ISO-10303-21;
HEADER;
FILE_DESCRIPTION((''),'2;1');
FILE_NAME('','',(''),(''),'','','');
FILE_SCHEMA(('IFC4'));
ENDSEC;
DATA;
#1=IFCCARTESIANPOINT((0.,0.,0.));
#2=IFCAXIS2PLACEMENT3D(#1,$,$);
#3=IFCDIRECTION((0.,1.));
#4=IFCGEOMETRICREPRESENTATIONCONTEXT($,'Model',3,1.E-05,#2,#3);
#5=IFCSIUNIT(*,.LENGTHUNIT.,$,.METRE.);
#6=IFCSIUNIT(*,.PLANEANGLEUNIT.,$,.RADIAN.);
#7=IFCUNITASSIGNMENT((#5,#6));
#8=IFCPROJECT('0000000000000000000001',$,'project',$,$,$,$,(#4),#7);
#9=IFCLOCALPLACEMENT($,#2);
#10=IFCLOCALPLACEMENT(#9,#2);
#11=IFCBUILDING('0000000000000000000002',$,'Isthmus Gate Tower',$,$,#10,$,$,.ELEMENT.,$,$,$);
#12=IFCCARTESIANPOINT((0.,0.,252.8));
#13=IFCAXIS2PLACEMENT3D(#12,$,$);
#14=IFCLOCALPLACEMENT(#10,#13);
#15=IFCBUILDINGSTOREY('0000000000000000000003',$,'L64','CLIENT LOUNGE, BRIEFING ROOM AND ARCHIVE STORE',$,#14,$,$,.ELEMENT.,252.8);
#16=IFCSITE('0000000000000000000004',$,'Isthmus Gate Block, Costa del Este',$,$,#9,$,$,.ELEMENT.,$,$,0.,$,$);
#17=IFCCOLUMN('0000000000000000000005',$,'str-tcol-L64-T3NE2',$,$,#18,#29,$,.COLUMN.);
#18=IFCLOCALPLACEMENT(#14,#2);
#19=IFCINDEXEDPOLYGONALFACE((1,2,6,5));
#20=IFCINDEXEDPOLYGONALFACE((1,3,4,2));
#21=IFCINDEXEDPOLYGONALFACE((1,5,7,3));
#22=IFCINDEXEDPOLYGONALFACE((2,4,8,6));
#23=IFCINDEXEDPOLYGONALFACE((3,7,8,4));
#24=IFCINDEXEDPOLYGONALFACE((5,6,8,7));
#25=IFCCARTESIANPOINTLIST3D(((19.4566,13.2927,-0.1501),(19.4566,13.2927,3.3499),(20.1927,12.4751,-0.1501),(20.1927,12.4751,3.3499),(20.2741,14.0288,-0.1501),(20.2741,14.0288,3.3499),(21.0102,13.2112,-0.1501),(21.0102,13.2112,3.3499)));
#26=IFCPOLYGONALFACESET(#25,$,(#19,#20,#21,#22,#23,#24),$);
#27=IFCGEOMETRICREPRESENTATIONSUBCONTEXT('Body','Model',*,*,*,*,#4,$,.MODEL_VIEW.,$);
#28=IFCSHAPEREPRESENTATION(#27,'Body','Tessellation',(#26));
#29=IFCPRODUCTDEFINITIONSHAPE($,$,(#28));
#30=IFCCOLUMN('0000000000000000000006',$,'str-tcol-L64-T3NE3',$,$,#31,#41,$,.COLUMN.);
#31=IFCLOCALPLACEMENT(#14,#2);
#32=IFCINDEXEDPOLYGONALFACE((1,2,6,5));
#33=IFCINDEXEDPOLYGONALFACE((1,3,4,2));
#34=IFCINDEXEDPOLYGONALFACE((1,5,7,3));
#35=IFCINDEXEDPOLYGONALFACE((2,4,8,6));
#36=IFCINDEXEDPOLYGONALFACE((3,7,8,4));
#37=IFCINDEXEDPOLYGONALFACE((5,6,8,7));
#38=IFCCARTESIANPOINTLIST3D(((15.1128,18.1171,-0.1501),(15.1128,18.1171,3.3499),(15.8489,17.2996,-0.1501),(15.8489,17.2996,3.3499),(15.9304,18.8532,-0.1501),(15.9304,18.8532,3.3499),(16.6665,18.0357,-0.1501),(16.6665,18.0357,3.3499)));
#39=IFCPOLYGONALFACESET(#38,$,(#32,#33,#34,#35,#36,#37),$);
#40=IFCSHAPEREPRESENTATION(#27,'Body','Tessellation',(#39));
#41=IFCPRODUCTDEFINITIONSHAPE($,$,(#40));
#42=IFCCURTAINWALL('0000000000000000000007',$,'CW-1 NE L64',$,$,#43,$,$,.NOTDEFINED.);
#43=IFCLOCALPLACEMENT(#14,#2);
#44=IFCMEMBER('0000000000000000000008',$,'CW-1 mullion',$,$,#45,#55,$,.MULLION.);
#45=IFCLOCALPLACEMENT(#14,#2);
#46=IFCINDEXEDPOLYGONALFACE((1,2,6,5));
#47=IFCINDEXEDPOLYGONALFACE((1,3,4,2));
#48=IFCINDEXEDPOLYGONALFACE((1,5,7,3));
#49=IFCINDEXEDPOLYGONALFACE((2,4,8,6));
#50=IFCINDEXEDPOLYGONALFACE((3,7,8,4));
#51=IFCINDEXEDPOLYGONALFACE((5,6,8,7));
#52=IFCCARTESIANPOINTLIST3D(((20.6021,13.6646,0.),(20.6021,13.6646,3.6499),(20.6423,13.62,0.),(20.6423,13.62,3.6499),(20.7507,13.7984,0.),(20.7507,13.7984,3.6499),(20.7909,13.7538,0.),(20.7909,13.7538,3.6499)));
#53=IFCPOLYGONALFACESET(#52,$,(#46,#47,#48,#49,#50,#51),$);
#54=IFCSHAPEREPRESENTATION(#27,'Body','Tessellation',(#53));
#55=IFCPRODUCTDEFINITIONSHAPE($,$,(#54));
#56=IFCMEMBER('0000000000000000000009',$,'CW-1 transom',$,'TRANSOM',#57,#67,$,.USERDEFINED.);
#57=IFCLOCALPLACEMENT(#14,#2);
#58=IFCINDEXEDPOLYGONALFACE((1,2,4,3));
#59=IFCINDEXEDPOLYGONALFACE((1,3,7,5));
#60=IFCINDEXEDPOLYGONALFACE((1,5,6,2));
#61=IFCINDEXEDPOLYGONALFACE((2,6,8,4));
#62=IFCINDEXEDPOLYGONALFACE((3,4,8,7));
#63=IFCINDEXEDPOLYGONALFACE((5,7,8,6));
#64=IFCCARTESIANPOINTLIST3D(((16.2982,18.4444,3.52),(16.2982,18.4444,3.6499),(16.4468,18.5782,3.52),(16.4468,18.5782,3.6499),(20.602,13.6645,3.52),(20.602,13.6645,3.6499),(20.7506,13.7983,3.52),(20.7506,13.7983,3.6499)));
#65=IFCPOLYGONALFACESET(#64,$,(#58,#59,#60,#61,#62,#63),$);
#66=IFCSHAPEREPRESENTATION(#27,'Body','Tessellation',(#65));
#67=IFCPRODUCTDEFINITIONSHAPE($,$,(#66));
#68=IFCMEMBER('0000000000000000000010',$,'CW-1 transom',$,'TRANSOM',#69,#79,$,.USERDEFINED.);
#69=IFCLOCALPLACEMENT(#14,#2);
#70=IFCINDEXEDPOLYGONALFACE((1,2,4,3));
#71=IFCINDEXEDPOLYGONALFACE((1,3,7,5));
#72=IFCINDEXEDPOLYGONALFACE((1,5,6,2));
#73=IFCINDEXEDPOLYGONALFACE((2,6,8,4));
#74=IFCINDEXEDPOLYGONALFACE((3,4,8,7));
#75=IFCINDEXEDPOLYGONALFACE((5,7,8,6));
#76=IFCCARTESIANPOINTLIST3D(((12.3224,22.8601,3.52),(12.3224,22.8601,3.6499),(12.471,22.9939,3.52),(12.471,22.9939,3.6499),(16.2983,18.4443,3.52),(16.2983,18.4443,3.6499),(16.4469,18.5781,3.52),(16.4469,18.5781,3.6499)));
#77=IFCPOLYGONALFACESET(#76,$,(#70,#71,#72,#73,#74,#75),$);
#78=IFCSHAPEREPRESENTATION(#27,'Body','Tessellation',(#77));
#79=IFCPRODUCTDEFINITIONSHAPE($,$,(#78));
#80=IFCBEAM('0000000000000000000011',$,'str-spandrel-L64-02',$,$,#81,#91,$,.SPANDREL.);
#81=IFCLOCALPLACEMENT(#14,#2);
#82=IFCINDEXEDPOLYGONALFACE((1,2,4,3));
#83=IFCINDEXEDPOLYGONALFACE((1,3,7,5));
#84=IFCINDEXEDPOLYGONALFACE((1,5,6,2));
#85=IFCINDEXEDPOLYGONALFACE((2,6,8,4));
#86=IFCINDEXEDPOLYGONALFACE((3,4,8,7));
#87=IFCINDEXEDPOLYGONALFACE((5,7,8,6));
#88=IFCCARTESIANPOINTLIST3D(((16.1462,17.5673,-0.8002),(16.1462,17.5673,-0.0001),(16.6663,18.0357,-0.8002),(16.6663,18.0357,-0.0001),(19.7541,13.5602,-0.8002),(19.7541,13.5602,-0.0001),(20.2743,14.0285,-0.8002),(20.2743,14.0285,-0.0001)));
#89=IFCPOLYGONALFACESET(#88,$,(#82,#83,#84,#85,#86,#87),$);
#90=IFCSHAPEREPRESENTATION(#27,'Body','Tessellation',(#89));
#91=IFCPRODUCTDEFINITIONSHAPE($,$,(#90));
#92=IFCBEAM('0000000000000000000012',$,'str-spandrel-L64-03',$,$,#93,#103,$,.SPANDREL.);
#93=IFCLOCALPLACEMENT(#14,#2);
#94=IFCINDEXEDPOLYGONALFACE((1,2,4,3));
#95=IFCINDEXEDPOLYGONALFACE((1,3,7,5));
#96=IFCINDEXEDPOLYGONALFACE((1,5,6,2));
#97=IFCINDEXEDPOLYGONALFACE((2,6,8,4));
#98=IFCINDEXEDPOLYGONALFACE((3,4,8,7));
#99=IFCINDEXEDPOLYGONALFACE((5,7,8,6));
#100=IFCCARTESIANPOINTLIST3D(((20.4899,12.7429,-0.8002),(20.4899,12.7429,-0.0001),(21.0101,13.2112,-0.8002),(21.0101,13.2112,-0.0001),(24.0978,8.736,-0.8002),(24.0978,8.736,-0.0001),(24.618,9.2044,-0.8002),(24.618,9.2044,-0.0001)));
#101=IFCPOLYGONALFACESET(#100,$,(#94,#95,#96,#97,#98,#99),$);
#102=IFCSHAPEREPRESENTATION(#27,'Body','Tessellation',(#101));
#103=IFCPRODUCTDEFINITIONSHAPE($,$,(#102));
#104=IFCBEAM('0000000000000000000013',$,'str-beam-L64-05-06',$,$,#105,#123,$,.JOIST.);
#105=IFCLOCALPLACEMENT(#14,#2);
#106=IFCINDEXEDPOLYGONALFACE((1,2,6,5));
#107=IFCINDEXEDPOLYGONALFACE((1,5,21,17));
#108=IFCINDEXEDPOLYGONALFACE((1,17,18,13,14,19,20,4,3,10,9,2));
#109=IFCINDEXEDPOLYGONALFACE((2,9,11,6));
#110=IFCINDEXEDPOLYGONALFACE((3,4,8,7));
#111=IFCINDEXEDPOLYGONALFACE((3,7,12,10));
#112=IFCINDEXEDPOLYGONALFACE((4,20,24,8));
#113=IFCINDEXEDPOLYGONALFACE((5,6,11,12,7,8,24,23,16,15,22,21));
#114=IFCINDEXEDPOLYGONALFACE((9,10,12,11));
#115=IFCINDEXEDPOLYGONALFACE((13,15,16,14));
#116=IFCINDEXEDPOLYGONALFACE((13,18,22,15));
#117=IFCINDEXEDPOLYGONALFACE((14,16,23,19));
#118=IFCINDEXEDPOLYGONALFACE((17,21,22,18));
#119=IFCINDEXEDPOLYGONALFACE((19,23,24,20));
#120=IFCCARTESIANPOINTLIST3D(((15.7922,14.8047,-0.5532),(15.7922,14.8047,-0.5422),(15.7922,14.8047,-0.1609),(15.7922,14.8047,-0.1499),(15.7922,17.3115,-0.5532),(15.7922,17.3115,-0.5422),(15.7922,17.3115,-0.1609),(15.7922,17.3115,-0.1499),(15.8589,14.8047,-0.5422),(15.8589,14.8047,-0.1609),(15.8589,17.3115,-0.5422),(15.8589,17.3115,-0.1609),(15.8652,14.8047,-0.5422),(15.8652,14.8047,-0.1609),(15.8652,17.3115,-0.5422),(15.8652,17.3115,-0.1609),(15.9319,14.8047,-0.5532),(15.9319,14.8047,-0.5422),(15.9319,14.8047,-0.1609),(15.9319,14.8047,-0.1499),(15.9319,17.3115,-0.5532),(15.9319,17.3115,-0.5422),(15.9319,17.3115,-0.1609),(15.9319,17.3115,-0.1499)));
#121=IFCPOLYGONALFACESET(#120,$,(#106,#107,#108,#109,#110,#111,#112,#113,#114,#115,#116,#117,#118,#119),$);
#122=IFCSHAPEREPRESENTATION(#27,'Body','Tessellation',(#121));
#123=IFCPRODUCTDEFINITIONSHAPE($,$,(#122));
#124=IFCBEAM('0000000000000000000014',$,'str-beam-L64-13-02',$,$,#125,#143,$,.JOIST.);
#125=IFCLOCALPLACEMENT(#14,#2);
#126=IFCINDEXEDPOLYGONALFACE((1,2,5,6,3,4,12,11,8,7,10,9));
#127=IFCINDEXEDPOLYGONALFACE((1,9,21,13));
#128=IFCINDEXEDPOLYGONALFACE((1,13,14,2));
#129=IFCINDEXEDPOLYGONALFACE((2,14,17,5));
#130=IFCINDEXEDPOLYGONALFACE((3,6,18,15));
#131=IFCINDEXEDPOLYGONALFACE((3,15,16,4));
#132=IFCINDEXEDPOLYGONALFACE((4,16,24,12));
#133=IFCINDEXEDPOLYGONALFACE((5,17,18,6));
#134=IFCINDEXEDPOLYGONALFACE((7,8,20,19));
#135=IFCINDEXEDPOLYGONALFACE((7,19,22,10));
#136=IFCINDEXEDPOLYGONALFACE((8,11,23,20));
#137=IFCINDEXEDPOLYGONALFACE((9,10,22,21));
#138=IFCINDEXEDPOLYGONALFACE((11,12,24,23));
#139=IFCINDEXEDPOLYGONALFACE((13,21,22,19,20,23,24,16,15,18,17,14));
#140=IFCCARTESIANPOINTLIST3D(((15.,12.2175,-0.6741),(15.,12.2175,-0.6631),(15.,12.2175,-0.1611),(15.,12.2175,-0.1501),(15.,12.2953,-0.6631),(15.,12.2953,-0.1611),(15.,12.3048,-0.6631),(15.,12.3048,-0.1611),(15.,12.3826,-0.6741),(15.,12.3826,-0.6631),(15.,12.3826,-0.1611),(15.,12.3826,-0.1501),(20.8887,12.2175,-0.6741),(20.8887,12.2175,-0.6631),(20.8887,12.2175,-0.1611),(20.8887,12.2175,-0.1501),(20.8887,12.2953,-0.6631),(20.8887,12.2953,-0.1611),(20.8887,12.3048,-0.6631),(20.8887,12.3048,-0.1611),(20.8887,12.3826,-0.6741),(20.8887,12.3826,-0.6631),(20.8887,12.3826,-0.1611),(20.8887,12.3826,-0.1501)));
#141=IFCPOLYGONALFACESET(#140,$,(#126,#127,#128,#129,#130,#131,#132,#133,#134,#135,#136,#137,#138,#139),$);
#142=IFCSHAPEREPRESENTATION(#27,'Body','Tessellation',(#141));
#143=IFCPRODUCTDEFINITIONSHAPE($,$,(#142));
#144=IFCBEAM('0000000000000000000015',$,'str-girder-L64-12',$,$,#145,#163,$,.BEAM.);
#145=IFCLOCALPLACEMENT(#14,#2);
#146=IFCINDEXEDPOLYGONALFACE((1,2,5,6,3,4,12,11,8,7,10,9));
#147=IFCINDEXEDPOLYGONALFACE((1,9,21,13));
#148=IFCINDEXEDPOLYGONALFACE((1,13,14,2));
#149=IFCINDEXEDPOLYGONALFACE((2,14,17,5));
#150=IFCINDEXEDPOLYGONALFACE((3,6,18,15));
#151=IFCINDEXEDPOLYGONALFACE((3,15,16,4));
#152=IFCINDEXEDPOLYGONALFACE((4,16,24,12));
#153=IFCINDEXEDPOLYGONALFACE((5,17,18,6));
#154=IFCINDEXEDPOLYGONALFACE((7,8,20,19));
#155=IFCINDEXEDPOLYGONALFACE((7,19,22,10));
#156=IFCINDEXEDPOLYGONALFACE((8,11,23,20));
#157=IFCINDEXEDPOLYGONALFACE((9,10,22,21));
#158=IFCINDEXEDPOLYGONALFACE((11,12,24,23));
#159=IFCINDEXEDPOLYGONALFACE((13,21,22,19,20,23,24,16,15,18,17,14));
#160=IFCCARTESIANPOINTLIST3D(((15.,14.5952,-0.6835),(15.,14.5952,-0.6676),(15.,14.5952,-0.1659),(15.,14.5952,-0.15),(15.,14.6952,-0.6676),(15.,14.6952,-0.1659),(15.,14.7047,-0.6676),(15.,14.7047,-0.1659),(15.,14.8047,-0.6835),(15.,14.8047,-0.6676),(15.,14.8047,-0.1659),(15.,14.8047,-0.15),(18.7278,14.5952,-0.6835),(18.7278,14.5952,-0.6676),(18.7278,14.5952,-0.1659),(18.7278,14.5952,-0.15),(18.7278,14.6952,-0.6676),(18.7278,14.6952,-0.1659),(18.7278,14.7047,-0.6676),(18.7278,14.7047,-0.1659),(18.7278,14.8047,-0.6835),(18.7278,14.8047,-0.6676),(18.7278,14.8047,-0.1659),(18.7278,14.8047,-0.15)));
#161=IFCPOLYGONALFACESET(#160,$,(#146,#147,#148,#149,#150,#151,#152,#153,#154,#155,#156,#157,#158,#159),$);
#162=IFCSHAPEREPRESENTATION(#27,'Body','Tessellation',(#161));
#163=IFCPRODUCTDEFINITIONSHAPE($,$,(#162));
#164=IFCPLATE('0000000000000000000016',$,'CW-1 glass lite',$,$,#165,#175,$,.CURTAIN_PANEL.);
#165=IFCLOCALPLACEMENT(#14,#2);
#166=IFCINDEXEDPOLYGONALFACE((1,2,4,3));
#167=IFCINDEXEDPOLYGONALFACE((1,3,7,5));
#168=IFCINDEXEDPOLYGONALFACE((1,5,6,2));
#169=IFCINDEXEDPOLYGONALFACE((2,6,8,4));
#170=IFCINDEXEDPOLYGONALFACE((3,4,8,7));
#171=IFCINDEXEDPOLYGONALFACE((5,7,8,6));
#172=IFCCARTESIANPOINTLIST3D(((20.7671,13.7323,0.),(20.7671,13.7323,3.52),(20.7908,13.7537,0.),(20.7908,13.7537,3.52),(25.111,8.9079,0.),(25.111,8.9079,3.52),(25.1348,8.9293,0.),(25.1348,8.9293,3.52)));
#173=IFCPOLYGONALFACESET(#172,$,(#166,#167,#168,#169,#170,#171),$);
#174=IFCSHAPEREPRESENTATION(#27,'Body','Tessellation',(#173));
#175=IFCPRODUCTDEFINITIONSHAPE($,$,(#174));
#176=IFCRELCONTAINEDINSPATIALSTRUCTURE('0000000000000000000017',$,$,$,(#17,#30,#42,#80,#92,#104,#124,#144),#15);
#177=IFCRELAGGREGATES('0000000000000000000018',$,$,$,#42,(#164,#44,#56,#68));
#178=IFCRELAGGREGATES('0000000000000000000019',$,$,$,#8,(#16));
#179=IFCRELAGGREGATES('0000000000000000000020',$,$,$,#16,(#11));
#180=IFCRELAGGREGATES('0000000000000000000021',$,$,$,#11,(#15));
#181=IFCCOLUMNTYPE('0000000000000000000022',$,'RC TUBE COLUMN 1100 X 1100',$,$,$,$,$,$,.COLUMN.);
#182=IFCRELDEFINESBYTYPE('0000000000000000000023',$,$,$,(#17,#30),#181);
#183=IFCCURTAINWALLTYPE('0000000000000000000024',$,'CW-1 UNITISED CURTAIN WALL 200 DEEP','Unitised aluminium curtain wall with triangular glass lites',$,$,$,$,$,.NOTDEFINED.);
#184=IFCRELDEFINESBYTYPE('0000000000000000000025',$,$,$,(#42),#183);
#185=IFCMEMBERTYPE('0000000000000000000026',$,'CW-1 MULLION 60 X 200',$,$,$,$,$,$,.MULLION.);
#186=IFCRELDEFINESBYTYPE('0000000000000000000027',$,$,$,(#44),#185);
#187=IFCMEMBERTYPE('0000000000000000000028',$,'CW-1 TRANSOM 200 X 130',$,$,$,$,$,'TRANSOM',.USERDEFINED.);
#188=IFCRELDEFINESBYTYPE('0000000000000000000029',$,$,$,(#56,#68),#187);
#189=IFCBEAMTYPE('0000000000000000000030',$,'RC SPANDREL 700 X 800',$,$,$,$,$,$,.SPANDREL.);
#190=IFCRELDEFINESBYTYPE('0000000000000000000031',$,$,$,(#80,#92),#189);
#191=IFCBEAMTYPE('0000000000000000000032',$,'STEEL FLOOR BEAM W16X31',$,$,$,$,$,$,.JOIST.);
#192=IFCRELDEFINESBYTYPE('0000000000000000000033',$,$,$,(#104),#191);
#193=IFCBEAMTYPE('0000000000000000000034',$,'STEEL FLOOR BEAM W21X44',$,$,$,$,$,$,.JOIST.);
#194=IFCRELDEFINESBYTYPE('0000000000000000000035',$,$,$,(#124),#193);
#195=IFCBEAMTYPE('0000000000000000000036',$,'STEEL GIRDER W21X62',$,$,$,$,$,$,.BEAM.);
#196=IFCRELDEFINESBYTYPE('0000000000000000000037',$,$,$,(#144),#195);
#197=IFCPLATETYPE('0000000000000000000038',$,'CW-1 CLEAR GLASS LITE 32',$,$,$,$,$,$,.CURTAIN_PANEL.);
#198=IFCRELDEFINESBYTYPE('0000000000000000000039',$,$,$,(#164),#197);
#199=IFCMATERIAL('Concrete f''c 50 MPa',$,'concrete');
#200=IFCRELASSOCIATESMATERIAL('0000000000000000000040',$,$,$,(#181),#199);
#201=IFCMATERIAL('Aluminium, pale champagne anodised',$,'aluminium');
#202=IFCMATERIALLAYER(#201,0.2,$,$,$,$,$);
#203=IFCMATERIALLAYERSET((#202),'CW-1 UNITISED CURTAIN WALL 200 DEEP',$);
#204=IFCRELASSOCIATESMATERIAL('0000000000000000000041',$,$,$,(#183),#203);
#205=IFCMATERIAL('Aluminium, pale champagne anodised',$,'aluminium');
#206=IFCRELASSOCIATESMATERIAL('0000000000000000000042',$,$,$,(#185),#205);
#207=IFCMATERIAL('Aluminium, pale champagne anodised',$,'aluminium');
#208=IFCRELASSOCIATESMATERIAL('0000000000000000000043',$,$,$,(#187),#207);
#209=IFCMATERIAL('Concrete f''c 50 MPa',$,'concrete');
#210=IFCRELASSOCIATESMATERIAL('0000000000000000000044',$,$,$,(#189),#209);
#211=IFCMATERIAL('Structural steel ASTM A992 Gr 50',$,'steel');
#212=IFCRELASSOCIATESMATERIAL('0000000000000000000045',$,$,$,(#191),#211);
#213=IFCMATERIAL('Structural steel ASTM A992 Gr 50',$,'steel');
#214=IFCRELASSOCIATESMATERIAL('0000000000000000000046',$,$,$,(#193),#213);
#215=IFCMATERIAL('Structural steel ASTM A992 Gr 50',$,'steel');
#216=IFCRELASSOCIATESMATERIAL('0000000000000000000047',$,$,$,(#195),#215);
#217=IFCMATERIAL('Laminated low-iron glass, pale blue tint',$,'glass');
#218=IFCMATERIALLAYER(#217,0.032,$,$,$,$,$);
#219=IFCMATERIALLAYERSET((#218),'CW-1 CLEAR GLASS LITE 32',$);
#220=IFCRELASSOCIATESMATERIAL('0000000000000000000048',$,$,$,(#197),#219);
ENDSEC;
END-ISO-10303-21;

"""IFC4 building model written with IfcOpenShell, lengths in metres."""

from ifc_helpers import new_model, si_unit, direction, frame, origin, origin_2d, place, context, subcontext, project, spatial, rectangle, i_section, extrude, material, layer, layer_set, material_profile, profile_set, type_object, element, aggregate, save


model = new_model("IFC4")

# Units and contexts
model_context = context("Model", 3, precision=1e-05, world=origin(), true_north=direction((0.0, 1.0)))
body_context = subcontext(model_context, "Body", "Model", "MODEL_VIEW")
ifc_project = project(units=[si_unit("LENGTHUNIT", "METRE"), si_unit("PLANEANGLEUNIT", "RADIAN")], contexts=[model_context])

# Site, building, storey
site_placement = place(None, origin())
site = spatial("IfcSite", under=ifc_project, at=site_placement, Name="Isthmus Gate Block, Costa del Este", CompositionType="ELEMENT", RefElevation=0.0)
building_placement = place(site_placement, origin())
building = spatial("IfcBuilding", under=site, at=building_placement, Name="Isthmus Gate Tower", CompositionType="ELEMENT")
storey_placement = place(building_placement, frame((0.0, 0.0, 252.8)))
storey = spatial("IfcBuildingStorey", under=building, at=storey_placement, Name="L64", Description="CLIENT LOUNGE, BRIEFING ROOM AND ARCHIVE STORE", CompositionType="ELEMENT", Elevation=252.8)

# Columns
ifc_material_1 = material(Name="Concrete f'c 50 MPa", Category="concrete")
ifc_material_profile_1 = material_profile(ifc_material_1, rectangle(XDim=1.1001, YDim=1.1001, at=origin_2d()), Name="RC 1100X1100")
ifc_profile_set_1 = profile_set([ifc_material_profile_1], Name="Concrete f'c 50 MPa")
column_type = type_object("IfcColumnType", Name="RC TUBE COLUMN 1100 X 1100", PredefinedType="COLUMN", material=ifc_profile_set_1)
for number, where, z_axis, x_axis, name in (
    (1, (20.2334, 13.252, -0.1501), (0.0, 0.0, 1.0), (-0.669131, 0.743145, 0.0), "str-tcol-L64-T3NE2"),
    (2, (15.8896, 18.0764, -0.1501), (0.0, 0.0, 1.0), (-0.669131, 0.743145, 0.0), "str-tcol-L64-T3NE3"),
):
    element("IfcColumn", number, at=place(storey_placement, frame(where, z_axis=z_axis, x_axis=x_axis)), inside=storey, type_object=column_type, Name=name, PredefinedType="COLUMN", context=body_context, shape_type="SweptSolid", body=[
        extrude(rectangle(XDim=1.1001, YDim=1.1001, at=origin_2d()), origin(), (0.0, 0.0, 1.0), 3.5),
    ])

# Curtain wall, members
ifc_material_2 = material(Name="Aluminium, pale champagne anodised", Category="aluminium")
ifc_layer_1 = layer(ifc_material_2, 0.2)
ifc_layer_set_1 = layer_set([ifc_layer_1], Name="CW-1 UNITISED CURTAIN WALL 200 DEEP")
curtain_wall_type = type_object("IfcCurtainWallType", Name="CW-1 UNITISED CURTAIN WALL 200 DEEP", Description="Unitised aluminium curtain wall with triangular glass lites", PredefinedType="NOTDEFINED", material=ifc_layer_set_1)
curtain_wall_placement = place(storey_placement, origin())
curtain_wall = element("IfcCurtainWall", 3, at=curtain_wall_placement, inside=storey, type_object=curtain_wall_type, Name="CW-1 NE L64", PredefinedType="NOTDEFINED")
ifc_material_3 = material(Name="Aluminium, pale champagne anodised", Category="aluminium")
ifc_material_profile_2 = material_profile(ifc_material_3, rectangle(XDim=0.0601, YDim=0.2, at=origin_2d()), Name="60x200")
ifc_profile_set_2 = profile_set([ifc_material_profile_2], Name="Aluminium, pale champagne anodised")
member_type_1 = type_object("IfcMemberType", Name="CW-1 MULLION 60 X 200", PredefinedType="MULLION", material=ifc_profile_set_2)
member_1_placement = place(storey_placement, frame((20.6965, 13.7092, 0.0), z_axis=(0.0, 0.0, 1.0), x_axis=(-0.669131, 0.743145, 0.0)))
member_1 = element("IfcMember", 4, at=member_1_placement, type_object=member_type_1, Name="CW-1 mullion", PredefinedType="MULLION", context=body_context, shape_type="SweptSolid", body=[
    extrude(rectangle(XDim=0.0601, YDim=0.2, at=origin_2d()), origin(), (0.0, 0.0, 1.0), 3.6499),
])
ifc_material_4 = material(Name="Aluminium, pale champagne anodised", Category="aluminium")
ifc_material_profile_3 = material_profile(ifc_material_4, rectangle(XDim=0.2, YDim=0.1299, at=origin_2d()), Name="200x130")
ifc_profile_set_3 = profile_set([ifc_material_profile_3], Name="Aluminium, pale champagne anodised")
member_type_2 = type_object("IfcMemberType", Name="CW-1 TRANSOM 200 X 130", ElementType="TRANSOM", PredefinedType="USERDEFINED", material=ifc_profile_set_3)
member_2_placement = place(storey_placement, frame((20.6763, 13.7314, 3.585), z_axis=(-0.669128, 0.743147, 0.0), x_axis=(-0.743147, -0.669128, 0.0)))
member_2 = element("IfcMember", 5, at=member_2_placement, type_object=member_type_2, Name="CW-1 transom", ObjectType="TRANSOM", PredefinedType="USERDEFINED", context=body_context, shape_type="SweptSolid", body=[
    extrude(rectangle(XDim=0.2, YDim=0.1299, at=origin_2d()), origin(), (0.0, 0.0, 1.0), 6.4319),
])
member_3_placement = place(storey_placement, frame((16.3726, 18.5112, 3.585), z_axis=(-0.669117, 0.743157, 0.0), x_axis=(-0.743157, -0.669117, 0.0)))
member_3 = element("IfcMember", 6, at=member_3_placement, type_object=member_type_2, Name="CW-1 transom", ObjectType="TRANSOM", PredefinedType="USERDEFINED", context=body_context, shape_type="SweptSolid", body=[
    extrude(rectangle(XDim=0.2, YDim=0.1299, at=origin_2d()), origin(), (0.0, 0.0, 1.0), 5.9419),
])

# Beams
ifc_material_5 = material(Name="Concrete f'c 50 MPa", Category="concrete")
ifc_material_profile_4 = material_profile(ifc_material_5, rectangle(XDim=0.7, YDim=0.8, at=origin_2d()), Name="RC 700X800")
ifc_profile_set_4 = profile_set([ifc_material_profile_4], Name="Concrete f'c 50 MPa")
beam_type_1 = type_object("IfcBeamType", Name="RC SPANDREL 700 X 800", PredefinedType="SPANDREL", material=ifc_profile_set_4)
beam_1_placement = place(storey_placement, frame((16.4062, 17.8015, -0.4001), z_axis=(0.669122, -0.743152, 0.0), x_axis=(0.743152, 0.669122, 0.0)))
element("IfcBeam", 7, at=beam_1_placement, inside=storey, type_object=beam_type_1, Name="str-spandrel-L64-02", PredefinedType="SPANDREL", context=body_context, shape_type="SweptSolid", body=[
    extrude(rectangle(XDim=0.7, YDim=0.8, at=origin_2d()), origin(), (0.0, 0.0, 1.0), 5.3921),
])
beam_2_placement = place(storey_placement, frame((20.75, 12.9771, -0.4001), z_axis=(0.669145, -0.743132, 0.0), x_axis=(0.743132, 0.669145, 0.0)))
element("IfcBeam", 8, at=beam_2_placement, inside=storey, type_object=beam_type_1, Name="str-spandrel-L64-03", PredefinedType="SPANDREL", context=body_context, shape_type="SweptSolid", body=[
    extrude(rectangle(XDim=0.7, YDim=0.8, at=origin_2d()), origin(), (0.0, 0.0, 1.0), 5.3918),
])
ifc_material_6 = material(Name="Structural steel ASTM A992 Gr 50", Category="steel")
ifc_material_profile_5 = material_profile(ifc_material_6, i_section(OverallWidth=0.1396, OverallDepth=0.4033, WebThickness=0.0063, FlangeThickness=0.011, at=origin_2d()), Name="W16X31")
ifc_profile_set_5 = profile_set([ifc_material_profile_5], Name="Structural steel ASTM A992 Gr 50")
beam_type_2 = type_object("IfcBeamType", Name="STEEL FLOOR BEAM W16X31", PredefinedType="JOIST", material=ifc_profile_set_5)
beam_3_placement = place(storey_placement, frame((15.8621, 14.8047, -0.3516), z_axis=(0.0, 1.0, 0.0), x_axis=(-1.0, 0.0, 0.0)))
element("IfcBeam", 9, at=beam_3_placement, inside=storey, type_object=beam_type_2, Name="str-beam-L64-05-06", PredefinedType="JOIST", context=body_context, shape_type="SweptSolid", body=[
    extrude(i_section(OverallWidth=0.1396, OverallDepth=0.4033, WebThickness=0.0063, FlangeThickness=0.011, at=origin_2d()), origin(), (0.0, 0.0, 1.0), 2.5068),
])
ifc_material_7 = material(Name="Structural steel ASTM A992 Gr 50", Category="steel")
ifc_material_profile_6 = material_profile(ifc_material_7, i_section(OverallWidth=0.165, OverallDepth=0.5239, WebThickness=0.0095, FlangeThickness=0.011, at=origin_2d()), Name="W21X44")
ifc_profile_set_6 = profile_set([ifc_material_profile_6], Name="Structural steel ASTM A992 Gr 50")
beam_type_3 = type_object("IfcBeamType", Name="STEEL FLOOR BEAM W21X44", PredefinedType="JOIST", material=ifc_profile_set_6)
beam_4_placement = place(storey_placement, frame((15.0, 12.3, -0.4121), z_axis=(1.0, 0.0, 0.0), x_axis=(0.0, 1.0, 0.0)))
element("IfcBeam", 10, at=beam_4_placement, inside=storey, type_object=beam_type_3, Name="str-beam-L64-13-02", PredefinedType="JOIST", context=body_context, shape_type="SweptSolid", body=[
    extrude(i_section(OverallWidth=0.165, OverallDepth=0.5239, WebThickness=0.0095, FlangeThickness=0.011, at=origin_2d()), origin(), (0.0, 0.0, 1.0), 5.8887),
])
ifc_material_8 = material(Name="Structural steel ASTM A992 Gr 50", Category="steel")
ifc_material_profile_7 = material_profile(ifc_material_8, i_section(OverallWidth=0.2095, OverallDepth=0.5334, WebThickness=0.0095, FlangeThickness=0.0159, at=origin_2d()), Name="W21X62")
ifc_profile_set_7 = profile_set([ifc_material_profile_7], Name="Structural steel ASTM A992 Gr 50")
beam_type_4 = type_object("IfcBeamType", Name="STEEL GIRDER W21X62", PredefinedType="BEAM", material=ifc_profile_set_7)
beam_5_placement = place(storey_placement, frame((15.0, 14.7, -0.4167), z_axis=(1.0, 0.0, 0.0), x_axis=(0.0, 1.0, 0.0)))
element("IfcBeam", 11, at=beam_5_placement, inside=storey, type_object=beam_type_4, Name="str-girder-L64-12", PredefinedType="BEAM", context=body_context, shape_type="SweptSolid", body=[
    extrude(i_section(OverallWidth=0.2095, OverallDepth=0.5334, WebThickness=0.0095, FlangeThickness=0.0159, at=origin_2d()), origin(), (0.0, 0.0, 1.0), 3.7278),
])

# Plate
ifc_material_9 = material(Name="Laminated low-iron glass, pale blue tint", Category="glass")
ifc_layer_2 = layer(ifc_material_9, 0.032)
ifc_layer_set_2 = layer_set([ifc_layer_2], Name="CW-1 CLEAR GLASS LITE 32")
plate_type = type_object("IfcPlateType", Name="CW-1 CLEAR GLASS LITE 32", PredefinedType="CURTAIN_PANEL", material=ifc_layer_set_2)
plate_1_placement = place(storey_placement, frame((22.9509, 11.3308, 0.0), z_axis=(0.0, 0.0, 1.0), x_axis=(-0.669131, 0.743145, 0.0)))
plate_1 = element("IfcPlate", 12, at=plate_1_placement, type_object=plate_type, Name="CW-1 glass lite", PredefinedType="CURTAIN_PANEL", context=body_context, shape_type="SweptSolid", body=[
    extrude(rectangle(XDim=6.4919, YDim=0.032, at=origin_2d()), origin(), (0.0, 0.0, 1.0), 3.52),
])

aggregate(curtain_wall, [plate_1, member_1, member_2, member_3])

save(model, "model.ifc")
